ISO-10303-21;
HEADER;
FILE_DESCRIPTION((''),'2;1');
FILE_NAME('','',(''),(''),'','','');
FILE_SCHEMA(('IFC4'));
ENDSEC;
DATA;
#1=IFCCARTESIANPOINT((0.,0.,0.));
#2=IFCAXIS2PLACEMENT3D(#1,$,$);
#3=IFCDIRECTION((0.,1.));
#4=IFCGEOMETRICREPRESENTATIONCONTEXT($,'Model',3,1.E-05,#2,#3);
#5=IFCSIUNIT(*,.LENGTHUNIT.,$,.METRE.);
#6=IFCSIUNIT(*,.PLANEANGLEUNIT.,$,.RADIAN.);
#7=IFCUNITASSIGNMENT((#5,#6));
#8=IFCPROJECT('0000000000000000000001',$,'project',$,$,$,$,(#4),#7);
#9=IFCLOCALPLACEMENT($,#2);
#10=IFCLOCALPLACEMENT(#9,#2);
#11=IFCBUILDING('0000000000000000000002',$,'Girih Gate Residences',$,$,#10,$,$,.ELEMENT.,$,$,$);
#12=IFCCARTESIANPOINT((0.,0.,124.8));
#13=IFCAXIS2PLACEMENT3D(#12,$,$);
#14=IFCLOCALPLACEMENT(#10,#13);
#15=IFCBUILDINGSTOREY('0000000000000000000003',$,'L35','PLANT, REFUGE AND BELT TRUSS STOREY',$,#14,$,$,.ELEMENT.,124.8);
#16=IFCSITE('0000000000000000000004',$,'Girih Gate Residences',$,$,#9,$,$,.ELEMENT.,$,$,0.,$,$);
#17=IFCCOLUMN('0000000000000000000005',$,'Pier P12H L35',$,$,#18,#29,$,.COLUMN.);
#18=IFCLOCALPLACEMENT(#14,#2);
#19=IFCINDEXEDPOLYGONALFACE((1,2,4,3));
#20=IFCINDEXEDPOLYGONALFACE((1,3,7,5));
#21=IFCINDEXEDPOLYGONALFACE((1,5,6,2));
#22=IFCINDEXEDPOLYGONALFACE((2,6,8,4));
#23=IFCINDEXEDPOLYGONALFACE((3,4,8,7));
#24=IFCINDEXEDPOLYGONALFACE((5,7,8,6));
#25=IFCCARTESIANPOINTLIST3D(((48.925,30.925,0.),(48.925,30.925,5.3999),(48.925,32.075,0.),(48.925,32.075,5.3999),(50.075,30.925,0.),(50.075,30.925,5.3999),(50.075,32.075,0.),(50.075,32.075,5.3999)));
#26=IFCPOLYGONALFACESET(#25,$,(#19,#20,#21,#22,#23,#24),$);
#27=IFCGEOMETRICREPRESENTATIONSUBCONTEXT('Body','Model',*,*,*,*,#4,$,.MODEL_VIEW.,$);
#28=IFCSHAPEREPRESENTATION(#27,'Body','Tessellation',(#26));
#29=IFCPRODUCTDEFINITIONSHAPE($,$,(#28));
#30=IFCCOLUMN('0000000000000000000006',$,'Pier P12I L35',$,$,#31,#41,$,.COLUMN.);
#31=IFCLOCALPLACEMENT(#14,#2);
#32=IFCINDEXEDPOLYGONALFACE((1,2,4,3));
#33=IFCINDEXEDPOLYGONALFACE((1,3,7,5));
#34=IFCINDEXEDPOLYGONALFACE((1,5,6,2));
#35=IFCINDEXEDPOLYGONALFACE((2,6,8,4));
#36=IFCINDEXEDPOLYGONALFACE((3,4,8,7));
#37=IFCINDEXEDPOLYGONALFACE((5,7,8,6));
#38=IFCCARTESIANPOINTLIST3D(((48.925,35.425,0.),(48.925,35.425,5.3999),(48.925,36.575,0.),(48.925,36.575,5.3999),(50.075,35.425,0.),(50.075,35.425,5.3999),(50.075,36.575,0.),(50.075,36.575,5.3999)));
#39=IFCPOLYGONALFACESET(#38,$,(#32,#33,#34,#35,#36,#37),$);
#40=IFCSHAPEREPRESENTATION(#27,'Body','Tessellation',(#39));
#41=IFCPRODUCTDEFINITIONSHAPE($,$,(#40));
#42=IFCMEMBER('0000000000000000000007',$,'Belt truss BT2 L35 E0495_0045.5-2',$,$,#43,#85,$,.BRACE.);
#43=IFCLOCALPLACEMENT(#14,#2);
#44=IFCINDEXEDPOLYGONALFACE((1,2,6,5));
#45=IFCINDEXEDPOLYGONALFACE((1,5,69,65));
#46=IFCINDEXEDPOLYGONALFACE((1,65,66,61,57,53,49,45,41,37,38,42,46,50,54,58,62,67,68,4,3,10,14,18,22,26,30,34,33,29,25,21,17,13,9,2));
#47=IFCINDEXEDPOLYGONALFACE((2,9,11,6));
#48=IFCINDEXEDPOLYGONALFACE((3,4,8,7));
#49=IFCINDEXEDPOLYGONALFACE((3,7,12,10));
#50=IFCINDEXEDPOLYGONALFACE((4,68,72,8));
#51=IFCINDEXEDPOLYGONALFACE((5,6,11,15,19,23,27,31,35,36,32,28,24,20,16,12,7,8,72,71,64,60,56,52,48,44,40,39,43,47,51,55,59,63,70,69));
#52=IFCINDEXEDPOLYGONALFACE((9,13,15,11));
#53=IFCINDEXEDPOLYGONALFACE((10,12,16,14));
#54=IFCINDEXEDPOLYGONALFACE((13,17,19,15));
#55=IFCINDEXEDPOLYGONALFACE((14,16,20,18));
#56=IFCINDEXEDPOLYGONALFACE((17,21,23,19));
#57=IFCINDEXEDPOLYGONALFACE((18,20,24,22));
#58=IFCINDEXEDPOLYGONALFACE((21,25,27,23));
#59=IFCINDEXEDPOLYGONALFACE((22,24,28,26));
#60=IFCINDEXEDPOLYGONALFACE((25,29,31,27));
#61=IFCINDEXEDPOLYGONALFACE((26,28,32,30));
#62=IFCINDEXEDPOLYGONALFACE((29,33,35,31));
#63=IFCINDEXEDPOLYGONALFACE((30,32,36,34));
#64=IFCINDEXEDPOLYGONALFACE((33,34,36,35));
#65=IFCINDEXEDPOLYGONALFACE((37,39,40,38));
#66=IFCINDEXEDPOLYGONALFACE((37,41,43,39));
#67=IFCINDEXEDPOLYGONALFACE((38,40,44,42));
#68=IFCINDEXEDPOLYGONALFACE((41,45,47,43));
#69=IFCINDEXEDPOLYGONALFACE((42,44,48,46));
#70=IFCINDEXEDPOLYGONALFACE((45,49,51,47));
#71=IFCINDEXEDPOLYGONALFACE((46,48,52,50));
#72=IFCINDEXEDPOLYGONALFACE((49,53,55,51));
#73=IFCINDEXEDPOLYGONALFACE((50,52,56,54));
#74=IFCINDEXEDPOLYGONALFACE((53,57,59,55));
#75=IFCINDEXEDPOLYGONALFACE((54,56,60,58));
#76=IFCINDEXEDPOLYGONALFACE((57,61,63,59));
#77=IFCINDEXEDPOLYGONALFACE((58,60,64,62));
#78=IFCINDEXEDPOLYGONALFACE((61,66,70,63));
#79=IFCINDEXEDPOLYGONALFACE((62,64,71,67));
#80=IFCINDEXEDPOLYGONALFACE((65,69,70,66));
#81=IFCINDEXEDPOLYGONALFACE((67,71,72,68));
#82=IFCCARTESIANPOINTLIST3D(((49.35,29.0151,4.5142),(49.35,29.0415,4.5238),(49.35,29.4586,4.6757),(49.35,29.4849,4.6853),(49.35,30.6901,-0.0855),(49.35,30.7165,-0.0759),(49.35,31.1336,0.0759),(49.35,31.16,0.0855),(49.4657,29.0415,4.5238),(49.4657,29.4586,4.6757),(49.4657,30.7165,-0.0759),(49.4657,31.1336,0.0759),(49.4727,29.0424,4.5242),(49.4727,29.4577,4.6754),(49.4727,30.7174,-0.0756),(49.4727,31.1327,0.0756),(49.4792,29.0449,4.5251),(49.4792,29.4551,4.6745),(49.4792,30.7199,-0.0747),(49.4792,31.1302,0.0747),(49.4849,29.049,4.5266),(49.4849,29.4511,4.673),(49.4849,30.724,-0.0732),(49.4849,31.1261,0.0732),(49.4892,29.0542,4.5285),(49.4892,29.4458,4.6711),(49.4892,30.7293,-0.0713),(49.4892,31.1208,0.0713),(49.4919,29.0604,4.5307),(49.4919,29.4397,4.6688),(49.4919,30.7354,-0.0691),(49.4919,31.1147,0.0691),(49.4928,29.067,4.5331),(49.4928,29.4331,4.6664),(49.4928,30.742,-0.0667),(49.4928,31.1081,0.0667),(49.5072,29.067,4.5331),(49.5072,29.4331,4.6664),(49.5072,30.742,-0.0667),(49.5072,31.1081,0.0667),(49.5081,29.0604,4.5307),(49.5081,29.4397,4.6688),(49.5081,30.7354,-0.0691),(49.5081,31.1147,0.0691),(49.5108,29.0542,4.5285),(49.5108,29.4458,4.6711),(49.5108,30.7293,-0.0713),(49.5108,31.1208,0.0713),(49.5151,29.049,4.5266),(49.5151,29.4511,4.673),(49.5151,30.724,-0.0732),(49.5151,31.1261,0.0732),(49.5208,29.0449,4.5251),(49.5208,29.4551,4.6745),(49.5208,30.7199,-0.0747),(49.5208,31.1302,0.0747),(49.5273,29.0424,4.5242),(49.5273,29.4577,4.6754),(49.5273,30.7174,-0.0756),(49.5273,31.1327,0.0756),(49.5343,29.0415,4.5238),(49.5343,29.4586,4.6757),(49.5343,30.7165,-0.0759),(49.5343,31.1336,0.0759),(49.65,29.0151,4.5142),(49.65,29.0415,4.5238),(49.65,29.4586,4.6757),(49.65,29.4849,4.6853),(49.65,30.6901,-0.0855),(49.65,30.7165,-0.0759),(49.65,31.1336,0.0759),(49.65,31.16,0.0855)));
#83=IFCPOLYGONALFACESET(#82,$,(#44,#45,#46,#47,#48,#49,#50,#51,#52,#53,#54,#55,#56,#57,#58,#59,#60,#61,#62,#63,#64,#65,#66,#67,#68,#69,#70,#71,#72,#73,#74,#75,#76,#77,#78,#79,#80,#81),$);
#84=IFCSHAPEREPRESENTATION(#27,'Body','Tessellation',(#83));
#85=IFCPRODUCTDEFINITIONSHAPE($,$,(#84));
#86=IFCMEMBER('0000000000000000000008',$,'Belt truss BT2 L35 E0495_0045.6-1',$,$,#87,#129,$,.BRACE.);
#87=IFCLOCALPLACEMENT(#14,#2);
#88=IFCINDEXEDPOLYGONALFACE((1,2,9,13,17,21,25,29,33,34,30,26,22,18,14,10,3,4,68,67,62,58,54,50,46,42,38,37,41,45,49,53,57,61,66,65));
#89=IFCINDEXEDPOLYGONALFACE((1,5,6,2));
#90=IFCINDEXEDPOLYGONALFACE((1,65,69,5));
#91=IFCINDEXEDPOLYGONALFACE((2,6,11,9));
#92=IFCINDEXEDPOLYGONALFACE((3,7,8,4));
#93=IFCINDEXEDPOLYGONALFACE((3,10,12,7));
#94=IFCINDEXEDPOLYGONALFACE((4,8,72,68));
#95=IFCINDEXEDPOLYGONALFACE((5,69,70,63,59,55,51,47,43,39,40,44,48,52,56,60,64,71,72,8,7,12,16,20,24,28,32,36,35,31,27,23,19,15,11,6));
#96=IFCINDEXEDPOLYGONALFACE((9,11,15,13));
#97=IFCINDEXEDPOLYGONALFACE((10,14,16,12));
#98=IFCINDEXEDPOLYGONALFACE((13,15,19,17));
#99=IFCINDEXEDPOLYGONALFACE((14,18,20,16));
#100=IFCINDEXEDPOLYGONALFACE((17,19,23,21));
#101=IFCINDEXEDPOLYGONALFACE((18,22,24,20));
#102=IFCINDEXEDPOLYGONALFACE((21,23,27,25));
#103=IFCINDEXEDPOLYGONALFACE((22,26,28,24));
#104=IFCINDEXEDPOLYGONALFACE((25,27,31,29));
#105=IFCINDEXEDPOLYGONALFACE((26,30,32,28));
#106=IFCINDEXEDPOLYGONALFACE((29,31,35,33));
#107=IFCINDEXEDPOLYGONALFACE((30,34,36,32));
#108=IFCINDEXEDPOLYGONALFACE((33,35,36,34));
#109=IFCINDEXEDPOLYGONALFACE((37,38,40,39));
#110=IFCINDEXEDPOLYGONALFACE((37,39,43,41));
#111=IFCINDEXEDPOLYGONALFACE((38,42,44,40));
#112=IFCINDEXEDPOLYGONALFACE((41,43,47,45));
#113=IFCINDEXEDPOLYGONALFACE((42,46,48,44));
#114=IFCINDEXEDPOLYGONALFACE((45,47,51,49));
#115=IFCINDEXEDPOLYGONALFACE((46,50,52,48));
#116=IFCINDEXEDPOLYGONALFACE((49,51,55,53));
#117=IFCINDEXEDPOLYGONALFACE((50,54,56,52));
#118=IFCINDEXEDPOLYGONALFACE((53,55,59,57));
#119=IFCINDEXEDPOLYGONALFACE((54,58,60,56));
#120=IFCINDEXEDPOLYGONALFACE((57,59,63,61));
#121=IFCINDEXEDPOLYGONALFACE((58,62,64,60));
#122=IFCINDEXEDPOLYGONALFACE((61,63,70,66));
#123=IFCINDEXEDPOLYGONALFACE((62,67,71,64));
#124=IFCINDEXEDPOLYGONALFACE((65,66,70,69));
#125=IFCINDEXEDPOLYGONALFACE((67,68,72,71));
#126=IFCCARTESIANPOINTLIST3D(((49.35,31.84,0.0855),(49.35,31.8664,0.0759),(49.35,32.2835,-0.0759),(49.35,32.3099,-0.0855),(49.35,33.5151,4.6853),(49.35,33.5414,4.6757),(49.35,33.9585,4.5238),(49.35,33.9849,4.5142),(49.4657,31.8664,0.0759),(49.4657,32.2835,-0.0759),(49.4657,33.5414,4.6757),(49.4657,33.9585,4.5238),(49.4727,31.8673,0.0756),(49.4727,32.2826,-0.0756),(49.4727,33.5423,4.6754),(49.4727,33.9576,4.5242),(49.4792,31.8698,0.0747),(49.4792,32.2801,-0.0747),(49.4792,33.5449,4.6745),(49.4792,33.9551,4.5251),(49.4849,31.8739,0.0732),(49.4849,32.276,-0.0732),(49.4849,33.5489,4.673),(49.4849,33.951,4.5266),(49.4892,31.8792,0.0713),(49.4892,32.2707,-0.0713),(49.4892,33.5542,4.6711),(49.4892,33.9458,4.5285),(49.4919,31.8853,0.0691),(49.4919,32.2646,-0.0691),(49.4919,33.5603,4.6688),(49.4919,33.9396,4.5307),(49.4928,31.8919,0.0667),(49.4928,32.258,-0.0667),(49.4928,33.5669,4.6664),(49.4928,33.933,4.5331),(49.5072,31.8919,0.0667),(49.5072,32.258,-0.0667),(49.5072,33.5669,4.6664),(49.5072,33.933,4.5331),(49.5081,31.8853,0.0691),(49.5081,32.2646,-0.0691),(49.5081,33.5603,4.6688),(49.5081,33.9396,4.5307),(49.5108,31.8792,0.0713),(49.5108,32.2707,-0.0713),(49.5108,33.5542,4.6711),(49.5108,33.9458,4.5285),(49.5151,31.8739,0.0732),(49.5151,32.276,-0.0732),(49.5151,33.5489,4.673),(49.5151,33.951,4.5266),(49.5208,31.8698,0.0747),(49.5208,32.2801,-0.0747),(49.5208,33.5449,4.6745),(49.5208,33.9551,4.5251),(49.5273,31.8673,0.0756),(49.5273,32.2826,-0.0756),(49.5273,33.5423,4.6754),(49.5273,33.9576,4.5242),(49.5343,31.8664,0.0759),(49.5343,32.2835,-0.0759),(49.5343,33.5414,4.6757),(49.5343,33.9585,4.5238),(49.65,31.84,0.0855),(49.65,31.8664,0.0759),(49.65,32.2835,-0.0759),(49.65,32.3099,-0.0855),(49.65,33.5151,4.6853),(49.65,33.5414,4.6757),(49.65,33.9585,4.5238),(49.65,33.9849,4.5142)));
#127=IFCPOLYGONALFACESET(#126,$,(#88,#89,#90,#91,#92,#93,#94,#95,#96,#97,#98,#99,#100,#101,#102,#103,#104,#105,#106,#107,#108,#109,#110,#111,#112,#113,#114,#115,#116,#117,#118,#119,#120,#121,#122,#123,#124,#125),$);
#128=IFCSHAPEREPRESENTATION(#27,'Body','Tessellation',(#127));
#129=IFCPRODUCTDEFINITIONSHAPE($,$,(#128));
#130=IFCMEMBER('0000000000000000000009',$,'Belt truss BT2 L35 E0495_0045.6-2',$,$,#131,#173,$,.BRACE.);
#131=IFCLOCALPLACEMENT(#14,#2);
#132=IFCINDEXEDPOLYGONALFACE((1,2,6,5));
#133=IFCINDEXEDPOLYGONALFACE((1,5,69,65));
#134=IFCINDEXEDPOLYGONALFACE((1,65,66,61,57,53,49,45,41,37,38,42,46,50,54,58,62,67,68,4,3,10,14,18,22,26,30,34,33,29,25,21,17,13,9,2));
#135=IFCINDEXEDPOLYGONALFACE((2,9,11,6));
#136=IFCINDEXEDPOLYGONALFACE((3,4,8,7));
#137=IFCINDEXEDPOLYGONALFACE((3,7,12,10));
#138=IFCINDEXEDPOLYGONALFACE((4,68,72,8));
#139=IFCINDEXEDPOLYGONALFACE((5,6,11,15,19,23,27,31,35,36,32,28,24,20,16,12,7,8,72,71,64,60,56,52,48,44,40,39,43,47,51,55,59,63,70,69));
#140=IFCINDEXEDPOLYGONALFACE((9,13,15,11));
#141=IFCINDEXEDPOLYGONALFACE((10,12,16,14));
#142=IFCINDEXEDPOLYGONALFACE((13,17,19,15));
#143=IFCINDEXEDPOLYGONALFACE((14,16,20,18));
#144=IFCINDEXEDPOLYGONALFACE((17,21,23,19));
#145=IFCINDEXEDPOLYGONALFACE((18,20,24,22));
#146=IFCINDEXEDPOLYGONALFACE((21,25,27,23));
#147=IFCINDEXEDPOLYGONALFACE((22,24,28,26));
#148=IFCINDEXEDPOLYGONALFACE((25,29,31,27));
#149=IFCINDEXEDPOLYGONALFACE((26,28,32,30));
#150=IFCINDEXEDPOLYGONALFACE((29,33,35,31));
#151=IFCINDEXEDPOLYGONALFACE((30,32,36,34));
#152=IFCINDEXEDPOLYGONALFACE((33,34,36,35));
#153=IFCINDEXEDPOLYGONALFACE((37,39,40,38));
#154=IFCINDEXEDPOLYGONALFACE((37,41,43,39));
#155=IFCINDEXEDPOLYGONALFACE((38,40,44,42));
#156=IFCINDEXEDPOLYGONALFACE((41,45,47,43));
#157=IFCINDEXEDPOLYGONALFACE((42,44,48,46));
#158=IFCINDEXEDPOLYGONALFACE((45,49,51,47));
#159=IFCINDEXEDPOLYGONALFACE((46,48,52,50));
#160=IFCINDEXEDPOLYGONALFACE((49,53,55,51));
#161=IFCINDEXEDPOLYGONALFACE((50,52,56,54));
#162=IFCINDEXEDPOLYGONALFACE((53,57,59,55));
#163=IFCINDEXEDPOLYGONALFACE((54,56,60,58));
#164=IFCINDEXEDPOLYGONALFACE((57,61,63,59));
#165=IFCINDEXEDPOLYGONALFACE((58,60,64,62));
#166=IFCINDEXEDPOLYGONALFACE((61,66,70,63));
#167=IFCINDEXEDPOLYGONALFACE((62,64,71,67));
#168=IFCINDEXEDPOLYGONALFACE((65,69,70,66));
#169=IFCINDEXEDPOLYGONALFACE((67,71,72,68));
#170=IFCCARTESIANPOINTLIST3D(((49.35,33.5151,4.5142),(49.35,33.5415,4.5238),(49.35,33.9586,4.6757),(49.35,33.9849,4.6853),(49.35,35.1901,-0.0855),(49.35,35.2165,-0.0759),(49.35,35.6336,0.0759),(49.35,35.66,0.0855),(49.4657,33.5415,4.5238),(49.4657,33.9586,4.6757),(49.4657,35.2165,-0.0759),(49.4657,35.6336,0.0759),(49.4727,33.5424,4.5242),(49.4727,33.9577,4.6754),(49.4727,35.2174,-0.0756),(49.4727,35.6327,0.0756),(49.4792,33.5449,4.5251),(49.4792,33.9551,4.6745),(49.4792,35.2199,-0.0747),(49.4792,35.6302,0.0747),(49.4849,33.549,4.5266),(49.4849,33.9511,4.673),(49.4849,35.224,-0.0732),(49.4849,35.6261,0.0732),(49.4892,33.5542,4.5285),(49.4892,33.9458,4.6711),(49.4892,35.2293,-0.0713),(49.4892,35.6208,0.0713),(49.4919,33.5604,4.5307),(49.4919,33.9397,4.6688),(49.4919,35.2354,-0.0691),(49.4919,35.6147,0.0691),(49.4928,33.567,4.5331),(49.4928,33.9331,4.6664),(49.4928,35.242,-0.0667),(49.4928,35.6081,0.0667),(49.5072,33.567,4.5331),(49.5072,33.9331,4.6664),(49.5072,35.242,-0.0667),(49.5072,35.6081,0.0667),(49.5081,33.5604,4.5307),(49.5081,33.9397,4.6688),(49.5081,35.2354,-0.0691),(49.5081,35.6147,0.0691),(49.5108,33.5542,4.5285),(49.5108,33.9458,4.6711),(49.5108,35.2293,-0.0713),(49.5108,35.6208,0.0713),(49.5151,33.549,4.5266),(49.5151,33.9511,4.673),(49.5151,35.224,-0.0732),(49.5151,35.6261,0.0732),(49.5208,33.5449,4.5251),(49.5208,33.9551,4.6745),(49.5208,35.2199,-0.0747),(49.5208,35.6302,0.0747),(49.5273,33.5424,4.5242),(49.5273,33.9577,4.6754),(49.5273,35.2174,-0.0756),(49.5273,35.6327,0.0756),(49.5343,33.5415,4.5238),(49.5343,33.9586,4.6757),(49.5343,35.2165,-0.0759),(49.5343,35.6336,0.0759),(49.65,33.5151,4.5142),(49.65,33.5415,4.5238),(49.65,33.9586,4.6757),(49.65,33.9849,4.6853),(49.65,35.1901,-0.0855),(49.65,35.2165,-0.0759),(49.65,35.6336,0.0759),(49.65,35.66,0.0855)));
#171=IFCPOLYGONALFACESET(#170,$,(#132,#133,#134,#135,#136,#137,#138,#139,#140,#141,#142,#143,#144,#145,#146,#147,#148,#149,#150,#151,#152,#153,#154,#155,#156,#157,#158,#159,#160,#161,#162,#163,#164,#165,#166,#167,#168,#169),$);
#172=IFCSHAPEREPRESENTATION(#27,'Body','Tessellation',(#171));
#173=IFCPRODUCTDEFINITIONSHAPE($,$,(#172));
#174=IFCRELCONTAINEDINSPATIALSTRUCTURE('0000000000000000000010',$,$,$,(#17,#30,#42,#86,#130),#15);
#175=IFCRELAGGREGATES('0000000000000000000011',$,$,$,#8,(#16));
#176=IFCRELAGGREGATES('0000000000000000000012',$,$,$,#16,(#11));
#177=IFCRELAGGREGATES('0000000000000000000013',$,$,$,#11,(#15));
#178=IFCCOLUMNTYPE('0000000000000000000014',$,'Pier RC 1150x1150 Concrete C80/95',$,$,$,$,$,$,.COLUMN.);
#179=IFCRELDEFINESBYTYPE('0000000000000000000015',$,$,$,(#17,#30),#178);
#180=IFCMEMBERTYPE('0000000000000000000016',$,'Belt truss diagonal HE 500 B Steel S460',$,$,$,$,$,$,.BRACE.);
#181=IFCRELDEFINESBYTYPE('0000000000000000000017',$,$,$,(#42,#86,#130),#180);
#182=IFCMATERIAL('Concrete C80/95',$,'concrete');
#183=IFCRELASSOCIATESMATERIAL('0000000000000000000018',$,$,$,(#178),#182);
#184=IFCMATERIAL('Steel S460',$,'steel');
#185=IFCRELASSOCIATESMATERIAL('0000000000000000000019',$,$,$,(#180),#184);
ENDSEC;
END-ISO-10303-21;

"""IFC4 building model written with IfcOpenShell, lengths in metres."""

from ifc_helpers import new_model, si_unit, direction, frame, origin, origin_2d, place, context, subcontext, project, spatial, rectangle, i_section, extrude, material, material_profile, profile_set, type_object, element, save


model = new_model("IFC4")

# Units and contexts
model_context = context("Model", 3, precision=1e-05, world=origin(), true_north=direction((0.0, 1.0)))
body_context = subcontext(model_context, "Body", "Model", "MODEL_VIEW")
ifc_project = project(units=[si_unit("LENGTHUNIT", "METRE"), si_unit("PLANEANGLEUNIT", "RADIAN")], contexts=[model_context])

# Site, building, storey
site_placement = place(None, origin())
site = spatial("IfcSite", under=ifc_project, at=site_placement, Name="Girih Gate Residences", CompositionType="ELEMENT", RefElevation=0.0)
building_placement = place(site_placement, origin())
building = spatial("IfcBuilding", under=site, at=building_placement, Name="Girih Gate Residences", CompositionType="ELEMENT")
storey_placement = place(building_placement, frame((0.0, 0.0, 124.8)))
storey = spatial("IfcBuildingStorey", under=building, at=storey_placement, Name="L35", Description="PLANT, REFUGE AND BELT TRUSS STOREY", CompositionType="ELEMENT", Elevation=124.8)

# Columns
ifc_material_1 = material(Name="Concrete C80/95", Category="concrete")
ifc_material_profile_1 = material_profile(ifc_material_1, rectangle(XDim=1.1499, YDim=1.1499, at=origin_2d()))
ifc_profile_set_1 = profile_set([ifc_material_profile_1], Name="Concrete C80/95")
column_type = type_object("IfcColumnType", Name="Pier RC 1150x1150 Concrete C80/95", PredefinedType="COLUMN", material=ifc_profile_set_1)
for number, where, z_axis, x_axis, name in (
    (1, (49.5, 31.5, 0.0), (0.0, 0.0, 1.0), (1.0, 0.0, 0.0), "Pier P12H L35"),
    (2, (49.5, 36.0, 0.0), (0.0, 0.0, 1.0), (1.0, 0.0, 0.0), "Pier P12I L35"),
):
    element("IfcColumn", number, at=place(storey_placement, frame(where, z_axis=z_axis, x_axis=x_axis)), inside=storey, type_object=column_type, Name=name, PredefinedType="COLUMN", context=body_context, shape_type="SweptSolid", body=[
        extrude(rectangle(XDim=1.1499, YDim=1.1499, at=origin_2d()), origin(), (0.0, 0.0, 1.0), 5.3999),
    ])

# Members
ifc_material_2 = material(Name="Steel S460", Category="steel")
ifc_material_profile_2 = material_profile(ifc_material_2, i_section(OverallWidth=0.3, OverallDepth=0.5, WebThickness=0.0144, FlangeThickness=0.0281, FilletRadius=0.0271, at=origin_2d()))
ifc_profile_set_2 = profile_set([ifc_material_profile_2], Name="Steel S460")
member_type = type_object("IfcMemberType", Name="Belt truss diagonal HE 500 B Steel S460", PredefinedType="BRACE", material=ifc_profile_set_2)
for number, where, z_axis, x_axis, name in (
    (3, (49.5, 30.925, 0.0), (0.0, -0.342171, 0.939638), (1.0, 0.0, 0.0), "Belt truss BT2 L35 E0495_0045.5-2"),
    (4, (49.5, 32.075, 0.0), (0.0, 0.342171, 0.939638), (-1.0, 0.0, 0.0), "Belt truss BT2 L35 E0495_0045.6-1"),
    (5, (49.5, 35.425, 0.0), (0.0, -0.342171, 0.939638), (1.0, 0.0, 0.0), "Belt truss BT2 L35 E0495_0045.6-2"),
):
    element("IfcMember", number, at=place(storey_placement, frame(where, z_axis=z_axis, x_axis=x_axis)), inside=storey, type_object=member_type, Name=name, PredefinedType="BRACE", context=body_context, shape_type="SweptSolid", body=[
        extrude(i_section(OverallWidth=0.3, OverallDepth=0.5, WebThickness=0.0144, FlangeThickness=0.0281, FilletRadius=0.0271, at=origin_2d()), origin(), (0.0, 0.0, 1.0), 4.8953),
    ])

save(model, "model.ifc")
